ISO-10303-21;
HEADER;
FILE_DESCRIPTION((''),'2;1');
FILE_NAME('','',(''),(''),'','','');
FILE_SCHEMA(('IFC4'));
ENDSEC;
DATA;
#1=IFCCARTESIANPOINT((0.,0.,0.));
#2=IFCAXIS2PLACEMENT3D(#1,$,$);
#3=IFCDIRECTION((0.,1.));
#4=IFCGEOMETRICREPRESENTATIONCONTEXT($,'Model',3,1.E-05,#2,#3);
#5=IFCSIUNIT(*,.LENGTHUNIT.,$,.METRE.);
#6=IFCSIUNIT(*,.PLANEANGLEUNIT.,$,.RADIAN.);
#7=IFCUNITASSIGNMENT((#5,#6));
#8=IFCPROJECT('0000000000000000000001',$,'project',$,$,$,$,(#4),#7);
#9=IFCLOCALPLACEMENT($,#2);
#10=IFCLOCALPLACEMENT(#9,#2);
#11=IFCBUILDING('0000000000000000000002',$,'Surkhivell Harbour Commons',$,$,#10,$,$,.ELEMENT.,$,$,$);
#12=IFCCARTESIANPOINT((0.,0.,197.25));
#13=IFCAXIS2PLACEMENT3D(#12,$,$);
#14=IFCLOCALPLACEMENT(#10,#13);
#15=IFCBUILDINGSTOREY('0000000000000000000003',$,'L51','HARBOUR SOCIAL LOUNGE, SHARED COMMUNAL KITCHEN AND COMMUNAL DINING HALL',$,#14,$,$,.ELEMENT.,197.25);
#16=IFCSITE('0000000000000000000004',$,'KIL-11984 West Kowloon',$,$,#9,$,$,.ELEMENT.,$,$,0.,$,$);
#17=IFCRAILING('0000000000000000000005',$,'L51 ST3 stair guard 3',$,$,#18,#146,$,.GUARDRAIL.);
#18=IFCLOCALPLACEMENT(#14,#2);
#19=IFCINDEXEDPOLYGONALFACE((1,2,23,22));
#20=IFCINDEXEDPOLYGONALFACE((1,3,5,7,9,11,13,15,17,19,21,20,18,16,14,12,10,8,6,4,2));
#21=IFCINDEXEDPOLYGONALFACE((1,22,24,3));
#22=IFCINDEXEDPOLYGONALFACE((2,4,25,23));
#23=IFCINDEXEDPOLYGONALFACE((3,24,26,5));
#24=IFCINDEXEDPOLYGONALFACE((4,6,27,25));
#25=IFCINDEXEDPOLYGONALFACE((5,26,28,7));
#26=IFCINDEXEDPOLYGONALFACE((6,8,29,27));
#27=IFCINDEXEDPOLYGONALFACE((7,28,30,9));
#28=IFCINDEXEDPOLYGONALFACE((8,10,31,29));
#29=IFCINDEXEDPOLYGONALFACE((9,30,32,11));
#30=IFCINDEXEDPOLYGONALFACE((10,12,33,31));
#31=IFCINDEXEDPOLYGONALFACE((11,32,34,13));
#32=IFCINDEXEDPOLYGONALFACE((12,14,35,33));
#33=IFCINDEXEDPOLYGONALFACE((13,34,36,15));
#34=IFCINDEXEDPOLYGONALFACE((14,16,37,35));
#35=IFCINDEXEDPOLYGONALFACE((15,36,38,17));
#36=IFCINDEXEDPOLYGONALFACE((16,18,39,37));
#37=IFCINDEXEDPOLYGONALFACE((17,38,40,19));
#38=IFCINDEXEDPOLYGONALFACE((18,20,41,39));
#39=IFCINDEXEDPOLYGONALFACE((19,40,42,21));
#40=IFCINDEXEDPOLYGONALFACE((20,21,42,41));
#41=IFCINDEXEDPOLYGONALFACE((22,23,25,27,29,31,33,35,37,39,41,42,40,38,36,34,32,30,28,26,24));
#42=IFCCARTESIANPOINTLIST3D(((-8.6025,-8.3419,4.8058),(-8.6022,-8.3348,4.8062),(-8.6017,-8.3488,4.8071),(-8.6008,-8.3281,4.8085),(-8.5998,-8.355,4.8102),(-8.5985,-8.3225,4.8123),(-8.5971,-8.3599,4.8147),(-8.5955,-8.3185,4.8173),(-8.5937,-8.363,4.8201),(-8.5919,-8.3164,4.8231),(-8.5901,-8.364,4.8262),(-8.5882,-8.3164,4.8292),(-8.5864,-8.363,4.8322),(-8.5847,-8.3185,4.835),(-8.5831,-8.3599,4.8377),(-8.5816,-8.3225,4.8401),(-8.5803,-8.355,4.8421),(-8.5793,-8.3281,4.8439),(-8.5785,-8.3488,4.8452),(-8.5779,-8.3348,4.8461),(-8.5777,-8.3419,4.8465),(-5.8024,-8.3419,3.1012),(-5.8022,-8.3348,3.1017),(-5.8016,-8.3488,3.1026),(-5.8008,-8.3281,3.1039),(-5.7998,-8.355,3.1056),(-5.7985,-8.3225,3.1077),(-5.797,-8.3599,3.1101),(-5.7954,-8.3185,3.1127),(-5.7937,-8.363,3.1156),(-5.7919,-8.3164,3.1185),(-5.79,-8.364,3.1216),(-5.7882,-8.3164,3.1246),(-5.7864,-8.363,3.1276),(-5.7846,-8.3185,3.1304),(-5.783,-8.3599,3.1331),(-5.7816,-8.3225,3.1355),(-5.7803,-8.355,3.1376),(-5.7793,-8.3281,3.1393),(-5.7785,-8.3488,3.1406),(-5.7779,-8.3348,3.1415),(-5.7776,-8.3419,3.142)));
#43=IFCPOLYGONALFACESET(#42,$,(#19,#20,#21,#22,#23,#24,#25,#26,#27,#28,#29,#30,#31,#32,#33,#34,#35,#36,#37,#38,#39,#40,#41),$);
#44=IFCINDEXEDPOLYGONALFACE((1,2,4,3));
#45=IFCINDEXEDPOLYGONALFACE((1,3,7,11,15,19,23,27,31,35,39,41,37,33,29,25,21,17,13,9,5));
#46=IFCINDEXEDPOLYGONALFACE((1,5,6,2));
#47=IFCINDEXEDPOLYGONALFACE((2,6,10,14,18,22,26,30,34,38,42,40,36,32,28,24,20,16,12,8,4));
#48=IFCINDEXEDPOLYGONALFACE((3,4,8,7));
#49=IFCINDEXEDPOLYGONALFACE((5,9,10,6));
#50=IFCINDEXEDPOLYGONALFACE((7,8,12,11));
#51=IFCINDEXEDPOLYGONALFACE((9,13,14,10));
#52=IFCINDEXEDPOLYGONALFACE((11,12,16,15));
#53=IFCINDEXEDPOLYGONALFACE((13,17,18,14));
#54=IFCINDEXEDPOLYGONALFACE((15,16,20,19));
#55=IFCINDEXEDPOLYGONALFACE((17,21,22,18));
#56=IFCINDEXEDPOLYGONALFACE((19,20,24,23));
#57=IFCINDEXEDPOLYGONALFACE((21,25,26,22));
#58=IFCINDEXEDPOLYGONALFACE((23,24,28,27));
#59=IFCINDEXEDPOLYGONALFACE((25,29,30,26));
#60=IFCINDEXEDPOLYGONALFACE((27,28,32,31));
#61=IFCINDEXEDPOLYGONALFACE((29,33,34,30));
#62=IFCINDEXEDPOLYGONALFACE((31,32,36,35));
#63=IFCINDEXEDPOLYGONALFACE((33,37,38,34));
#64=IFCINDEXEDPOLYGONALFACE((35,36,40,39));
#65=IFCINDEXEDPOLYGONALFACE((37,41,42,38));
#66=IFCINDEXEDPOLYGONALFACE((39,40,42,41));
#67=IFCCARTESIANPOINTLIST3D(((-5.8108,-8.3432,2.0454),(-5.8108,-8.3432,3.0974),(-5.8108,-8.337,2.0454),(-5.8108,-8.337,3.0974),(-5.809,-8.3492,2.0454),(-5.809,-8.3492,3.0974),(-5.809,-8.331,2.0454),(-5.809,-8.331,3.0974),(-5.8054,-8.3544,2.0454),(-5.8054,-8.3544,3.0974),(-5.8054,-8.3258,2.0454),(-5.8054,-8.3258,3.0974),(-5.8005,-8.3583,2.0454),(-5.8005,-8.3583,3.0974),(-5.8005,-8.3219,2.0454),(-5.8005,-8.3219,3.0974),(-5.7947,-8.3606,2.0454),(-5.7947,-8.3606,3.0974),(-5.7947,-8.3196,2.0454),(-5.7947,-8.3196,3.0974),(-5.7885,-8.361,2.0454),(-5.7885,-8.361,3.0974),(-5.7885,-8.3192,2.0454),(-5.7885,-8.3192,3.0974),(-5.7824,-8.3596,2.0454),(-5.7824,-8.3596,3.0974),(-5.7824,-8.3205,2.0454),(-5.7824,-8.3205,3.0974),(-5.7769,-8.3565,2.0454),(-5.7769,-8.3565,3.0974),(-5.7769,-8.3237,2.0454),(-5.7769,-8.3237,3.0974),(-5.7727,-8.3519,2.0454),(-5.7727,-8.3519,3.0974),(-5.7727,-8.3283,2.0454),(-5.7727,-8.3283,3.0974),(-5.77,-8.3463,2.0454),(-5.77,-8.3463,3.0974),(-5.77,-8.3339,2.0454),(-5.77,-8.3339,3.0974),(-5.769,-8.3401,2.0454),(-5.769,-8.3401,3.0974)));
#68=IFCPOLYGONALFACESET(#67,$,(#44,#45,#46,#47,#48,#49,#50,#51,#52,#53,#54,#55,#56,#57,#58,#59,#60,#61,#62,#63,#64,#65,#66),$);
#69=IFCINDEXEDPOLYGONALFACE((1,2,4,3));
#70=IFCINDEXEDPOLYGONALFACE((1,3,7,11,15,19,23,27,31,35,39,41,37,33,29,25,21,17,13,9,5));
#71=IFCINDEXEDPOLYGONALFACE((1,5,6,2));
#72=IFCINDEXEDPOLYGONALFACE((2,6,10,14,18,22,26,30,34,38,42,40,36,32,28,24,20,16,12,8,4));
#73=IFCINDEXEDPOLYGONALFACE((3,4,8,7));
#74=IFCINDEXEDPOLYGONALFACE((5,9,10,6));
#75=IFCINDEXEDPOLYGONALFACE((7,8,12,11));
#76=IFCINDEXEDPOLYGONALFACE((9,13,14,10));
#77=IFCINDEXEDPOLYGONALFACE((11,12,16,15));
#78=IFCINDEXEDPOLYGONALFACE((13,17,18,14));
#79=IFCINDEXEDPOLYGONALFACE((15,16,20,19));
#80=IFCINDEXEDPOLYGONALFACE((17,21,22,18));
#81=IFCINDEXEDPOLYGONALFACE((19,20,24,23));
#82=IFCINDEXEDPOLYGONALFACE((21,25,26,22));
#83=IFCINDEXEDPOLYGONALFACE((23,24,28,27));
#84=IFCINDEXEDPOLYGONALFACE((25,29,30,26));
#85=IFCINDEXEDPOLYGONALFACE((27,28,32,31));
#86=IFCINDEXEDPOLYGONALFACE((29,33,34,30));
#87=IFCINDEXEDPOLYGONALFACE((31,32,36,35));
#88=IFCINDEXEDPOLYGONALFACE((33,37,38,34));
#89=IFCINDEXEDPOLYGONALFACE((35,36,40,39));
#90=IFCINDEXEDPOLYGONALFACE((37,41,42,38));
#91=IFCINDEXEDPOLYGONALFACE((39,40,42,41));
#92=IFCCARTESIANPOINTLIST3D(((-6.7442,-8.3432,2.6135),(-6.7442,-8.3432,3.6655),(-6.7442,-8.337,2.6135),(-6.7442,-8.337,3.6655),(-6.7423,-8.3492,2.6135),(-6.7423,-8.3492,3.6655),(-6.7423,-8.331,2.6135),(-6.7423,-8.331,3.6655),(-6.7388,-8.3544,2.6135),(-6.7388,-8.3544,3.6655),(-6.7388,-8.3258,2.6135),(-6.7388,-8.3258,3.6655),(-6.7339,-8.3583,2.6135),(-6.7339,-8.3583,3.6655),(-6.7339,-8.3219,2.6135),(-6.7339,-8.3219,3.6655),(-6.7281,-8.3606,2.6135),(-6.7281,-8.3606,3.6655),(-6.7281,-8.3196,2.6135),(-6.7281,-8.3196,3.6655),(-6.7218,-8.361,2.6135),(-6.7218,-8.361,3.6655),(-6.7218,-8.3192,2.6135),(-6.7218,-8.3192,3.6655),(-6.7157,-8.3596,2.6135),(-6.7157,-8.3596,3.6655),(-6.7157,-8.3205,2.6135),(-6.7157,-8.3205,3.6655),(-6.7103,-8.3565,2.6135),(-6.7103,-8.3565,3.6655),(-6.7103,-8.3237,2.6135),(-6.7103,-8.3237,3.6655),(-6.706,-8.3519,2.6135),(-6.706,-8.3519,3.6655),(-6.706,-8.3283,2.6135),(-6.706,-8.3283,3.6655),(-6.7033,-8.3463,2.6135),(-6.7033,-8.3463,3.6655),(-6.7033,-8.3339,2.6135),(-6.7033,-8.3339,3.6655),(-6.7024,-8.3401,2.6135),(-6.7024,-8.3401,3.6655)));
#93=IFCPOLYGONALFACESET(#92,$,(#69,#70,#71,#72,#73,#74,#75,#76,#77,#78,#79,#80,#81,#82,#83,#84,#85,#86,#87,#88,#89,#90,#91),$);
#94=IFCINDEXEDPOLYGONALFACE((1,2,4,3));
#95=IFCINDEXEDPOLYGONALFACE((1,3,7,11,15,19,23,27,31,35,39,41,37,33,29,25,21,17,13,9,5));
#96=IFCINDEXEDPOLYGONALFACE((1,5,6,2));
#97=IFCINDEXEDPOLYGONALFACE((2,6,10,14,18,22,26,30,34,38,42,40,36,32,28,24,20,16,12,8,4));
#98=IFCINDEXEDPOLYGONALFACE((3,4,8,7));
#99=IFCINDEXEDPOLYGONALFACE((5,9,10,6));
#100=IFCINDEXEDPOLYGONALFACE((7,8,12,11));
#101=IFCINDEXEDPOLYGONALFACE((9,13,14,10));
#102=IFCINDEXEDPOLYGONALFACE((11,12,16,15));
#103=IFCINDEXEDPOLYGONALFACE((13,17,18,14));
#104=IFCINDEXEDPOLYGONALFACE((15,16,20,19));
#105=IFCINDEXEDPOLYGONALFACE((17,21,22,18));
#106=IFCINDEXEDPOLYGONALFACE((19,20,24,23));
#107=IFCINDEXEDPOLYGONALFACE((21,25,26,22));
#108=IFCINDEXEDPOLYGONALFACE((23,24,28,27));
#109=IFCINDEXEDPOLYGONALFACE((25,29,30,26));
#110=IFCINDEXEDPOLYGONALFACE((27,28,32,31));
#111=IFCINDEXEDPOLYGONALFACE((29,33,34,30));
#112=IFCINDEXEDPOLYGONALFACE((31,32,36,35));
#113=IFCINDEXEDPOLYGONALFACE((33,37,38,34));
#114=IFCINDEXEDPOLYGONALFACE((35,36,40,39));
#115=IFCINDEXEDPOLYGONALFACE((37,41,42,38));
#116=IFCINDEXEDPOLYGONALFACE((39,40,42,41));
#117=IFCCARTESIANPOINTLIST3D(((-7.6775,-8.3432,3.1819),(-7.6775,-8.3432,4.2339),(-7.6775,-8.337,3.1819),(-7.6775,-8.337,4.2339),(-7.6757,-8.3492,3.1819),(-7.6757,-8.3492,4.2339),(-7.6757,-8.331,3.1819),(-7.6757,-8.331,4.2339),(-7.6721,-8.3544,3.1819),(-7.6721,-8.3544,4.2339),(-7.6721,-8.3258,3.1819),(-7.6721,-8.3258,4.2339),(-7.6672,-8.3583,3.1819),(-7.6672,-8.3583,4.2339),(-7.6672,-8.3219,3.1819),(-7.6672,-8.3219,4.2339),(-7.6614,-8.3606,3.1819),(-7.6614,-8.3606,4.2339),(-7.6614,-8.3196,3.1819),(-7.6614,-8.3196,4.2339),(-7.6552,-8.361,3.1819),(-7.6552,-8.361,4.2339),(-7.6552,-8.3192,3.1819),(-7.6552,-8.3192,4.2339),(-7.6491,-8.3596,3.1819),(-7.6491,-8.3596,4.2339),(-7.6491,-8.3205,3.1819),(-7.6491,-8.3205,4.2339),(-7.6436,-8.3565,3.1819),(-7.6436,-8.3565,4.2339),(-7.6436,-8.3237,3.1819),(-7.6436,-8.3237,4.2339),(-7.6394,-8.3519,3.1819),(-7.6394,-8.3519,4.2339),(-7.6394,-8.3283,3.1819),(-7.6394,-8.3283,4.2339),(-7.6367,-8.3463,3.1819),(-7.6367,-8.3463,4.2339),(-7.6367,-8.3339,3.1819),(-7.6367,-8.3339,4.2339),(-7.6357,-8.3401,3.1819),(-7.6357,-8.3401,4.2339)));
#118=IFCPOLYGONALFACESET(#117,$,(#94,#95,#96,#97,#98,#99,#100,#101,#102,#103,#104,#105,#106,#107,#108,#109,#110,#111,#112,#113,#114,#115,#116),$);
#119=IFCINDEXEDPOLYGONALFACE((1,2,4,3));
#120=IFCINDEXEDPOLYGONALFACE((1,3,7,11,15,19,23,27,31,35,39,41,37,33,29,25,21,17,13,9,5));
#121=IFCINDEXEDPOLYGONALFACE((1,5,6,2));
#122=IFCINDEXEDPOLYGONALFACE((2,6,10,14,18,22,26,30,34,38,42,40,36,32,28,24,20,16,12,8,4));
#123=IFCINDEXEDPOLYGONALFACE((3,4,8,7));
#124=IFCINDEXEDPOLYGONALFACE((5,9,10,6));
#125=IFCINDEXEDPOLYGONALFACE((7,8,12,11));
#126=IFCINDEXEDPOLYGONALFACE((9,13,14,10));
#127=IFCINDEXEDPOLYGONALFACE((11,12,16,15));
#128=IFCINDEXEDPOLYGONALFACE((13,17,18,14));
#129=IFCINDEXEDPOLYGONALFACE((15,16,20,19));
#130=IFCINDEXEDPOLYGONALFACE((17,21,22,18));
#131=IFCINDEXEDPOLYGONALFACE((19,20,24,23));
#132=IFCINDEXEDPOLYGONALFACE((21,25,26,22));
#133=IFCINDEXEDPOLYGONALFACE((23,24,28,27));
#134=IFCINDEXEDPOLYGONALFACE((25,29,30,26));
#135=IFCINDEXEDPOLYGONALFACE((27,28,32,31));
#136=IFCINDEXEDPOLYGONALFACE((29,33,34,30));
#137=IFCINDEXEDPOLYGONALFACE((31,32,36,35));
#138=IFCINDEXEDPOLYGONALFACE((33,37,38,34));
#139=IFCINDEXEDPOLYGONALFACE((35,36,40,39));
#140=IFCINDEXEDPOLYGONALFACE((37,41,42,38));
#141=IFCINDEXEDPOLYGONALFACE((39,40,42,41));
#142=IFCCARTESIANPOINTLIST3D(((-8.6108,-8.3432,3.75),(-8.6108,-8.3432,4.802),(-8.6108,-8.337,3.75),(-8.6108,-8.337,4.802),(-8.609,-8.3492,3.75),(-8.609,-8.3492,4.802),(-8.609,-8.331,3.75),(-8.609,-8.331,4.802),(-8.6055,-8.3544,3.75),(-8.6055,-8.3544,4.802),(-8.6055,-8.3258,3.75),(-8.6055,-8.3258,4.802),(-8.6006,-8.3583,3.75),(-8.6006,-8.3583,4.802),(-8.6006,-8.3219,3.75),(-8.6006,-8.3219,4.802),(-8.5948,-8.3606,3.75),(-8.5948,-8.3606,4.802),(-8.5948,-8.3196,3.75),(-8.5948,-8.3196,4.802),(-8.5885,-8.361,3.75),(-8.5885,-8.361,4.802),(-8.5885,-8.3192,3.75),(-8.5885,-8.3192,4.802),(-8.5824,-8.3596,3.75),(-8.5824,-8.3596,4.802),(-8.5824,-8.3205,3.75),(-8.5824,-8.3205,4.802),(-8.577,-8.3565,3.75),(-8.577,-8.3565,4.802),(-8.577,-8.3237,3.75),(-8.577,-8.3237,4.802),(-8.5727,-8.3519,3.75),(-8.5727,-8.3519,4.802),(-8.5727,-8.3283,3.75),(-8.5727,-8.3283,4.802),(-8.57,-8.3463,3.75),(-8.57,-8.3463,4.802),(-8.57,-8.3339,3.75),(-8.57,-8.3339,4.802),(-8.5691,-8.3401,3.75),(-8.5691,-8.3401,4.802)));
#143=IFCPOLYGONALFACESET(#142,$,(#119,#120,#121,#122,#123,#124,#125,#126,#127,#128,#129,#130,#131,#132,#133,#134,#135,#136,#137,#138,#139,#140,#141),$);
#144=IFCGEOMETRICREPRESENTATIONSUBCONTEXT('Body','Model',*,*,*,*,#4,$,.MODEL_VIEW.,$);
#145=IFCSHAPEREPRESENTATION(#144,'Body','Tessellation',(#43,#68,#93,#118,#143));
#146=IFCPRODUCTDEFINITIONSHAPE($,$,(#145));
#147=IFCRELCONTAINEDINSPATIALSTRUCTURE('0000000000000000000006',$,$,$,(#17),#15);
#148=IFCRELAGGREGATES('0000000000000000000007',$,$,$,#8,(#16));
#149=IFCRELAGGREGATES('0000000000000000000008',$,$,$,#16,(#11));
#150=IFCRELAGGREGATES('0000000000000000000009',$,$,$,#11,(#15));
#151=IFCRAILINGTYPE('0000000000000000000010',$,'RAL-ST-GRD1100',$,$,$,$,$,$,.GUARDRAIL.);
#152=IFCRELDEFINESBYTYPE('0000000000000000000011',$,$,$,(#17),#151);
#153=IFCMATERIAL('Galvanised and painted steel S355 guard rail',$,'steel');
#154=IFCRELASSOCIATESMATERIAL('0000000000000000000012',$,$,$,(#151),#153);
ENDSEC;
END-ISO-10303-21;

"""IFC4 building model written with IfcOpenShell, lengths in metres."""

from ifc_helpers import new_model, si_unit, direction, frame, origin, origin_2d, place, context, subcontext, project, spatial, circle, extrude, material, type_object, element, save


model = new_model("IFC4")

# Units and contexts
model_context = context("Model", 3, precision=1e-05, world=origin(), true_north=direction((0.0, 1.0)))
body_context = subcontext(model_context, "Body", "Model", "MODEL_VIEW")
ifc_project = project(units=[si_unit("LENGTHUNIT", "METRE"), si_unit("PLANEANGLEUNIT", "RADIAN")], contexts=[model_context])

# Site, building, storey
site_placement = place(None, origin())
site = spatial("IfcSite", under=ifc_project, at=site_placement, Name="KIL-11984 West Kowloon", CompositionType="ELEMENT", RefElevation=0.0)
building_placement = place(site_placement, origin())
building = spatial("IfcBuilding", under=site, at=building_placement, Name="Surkhivell Harbour Commons", CompositionType="ELEMENT")
storey_placement = place(building_placement, frame((0.0, 0.0, 197.25)))
storey = spatial("IfcBuildingStorey", under=building, at=storey_placement, Name="L51", Description="HARBOUR SOCIAL LOUNGE, SHARED COMMUNAL KITCHEN AND COMMUNAL DINING HALL", CompositionType="ELEMENT", Elevation=197.25)

# Railing
ifc_material_1 = material(Name="Galvanised and painted steel S355 guard rail", Category="steel")
railing_type_1 = type_object("IfcRailingType", Name="RAL-ST-GRD1100", PredefinedType="GUARDRAIL", material=ifc_material_1)
railing_1_placement = place(storey_placement, frame((-5.79, -8.3401, 2.0454)))
element("IfcRailing", 1, at=railing_1_placement, inside=storey, type_object=railing_type_1, Name="L51 ST3 stair guard 3", PredefinedType="GUARDRAIL", context=body_context, shape_type="SweptSolid", body=[
    extrude(circle(Radius=0.0239, at=origin_2d()), frame((0.0, 0.0, 1.0762), z_axis=(-0.85417, 0.0, 0.519994), x_axis=(0.0, -1.0, 0.0)), (0.0, 0.0, 1.0), 3.2781),
    extrude(circle(Radius=0.021, at=origin_2d()), origin(), (0.0, 0.0, 1.0), 1.052),
    extrude(circle(Radius=0.021, at=origin_2d()), frame((-0.9333, 0.0, 0.5681)), (0.0, 0.0, 1.0), 1.052),
    extrude(circle(Radius=0.021, at=origin_2d()), frame((-1.8667, 0.0, 1.1365)), (0.0, 0.0, 1.0), 1.052),
    extrude(circle(Radius=0.021, at=origin_2d()), frame((-2.8, 0.0, 1.7046)), (0.0, 0.0, 1.0), 1.052),
])

save(model, "model.ifc")
